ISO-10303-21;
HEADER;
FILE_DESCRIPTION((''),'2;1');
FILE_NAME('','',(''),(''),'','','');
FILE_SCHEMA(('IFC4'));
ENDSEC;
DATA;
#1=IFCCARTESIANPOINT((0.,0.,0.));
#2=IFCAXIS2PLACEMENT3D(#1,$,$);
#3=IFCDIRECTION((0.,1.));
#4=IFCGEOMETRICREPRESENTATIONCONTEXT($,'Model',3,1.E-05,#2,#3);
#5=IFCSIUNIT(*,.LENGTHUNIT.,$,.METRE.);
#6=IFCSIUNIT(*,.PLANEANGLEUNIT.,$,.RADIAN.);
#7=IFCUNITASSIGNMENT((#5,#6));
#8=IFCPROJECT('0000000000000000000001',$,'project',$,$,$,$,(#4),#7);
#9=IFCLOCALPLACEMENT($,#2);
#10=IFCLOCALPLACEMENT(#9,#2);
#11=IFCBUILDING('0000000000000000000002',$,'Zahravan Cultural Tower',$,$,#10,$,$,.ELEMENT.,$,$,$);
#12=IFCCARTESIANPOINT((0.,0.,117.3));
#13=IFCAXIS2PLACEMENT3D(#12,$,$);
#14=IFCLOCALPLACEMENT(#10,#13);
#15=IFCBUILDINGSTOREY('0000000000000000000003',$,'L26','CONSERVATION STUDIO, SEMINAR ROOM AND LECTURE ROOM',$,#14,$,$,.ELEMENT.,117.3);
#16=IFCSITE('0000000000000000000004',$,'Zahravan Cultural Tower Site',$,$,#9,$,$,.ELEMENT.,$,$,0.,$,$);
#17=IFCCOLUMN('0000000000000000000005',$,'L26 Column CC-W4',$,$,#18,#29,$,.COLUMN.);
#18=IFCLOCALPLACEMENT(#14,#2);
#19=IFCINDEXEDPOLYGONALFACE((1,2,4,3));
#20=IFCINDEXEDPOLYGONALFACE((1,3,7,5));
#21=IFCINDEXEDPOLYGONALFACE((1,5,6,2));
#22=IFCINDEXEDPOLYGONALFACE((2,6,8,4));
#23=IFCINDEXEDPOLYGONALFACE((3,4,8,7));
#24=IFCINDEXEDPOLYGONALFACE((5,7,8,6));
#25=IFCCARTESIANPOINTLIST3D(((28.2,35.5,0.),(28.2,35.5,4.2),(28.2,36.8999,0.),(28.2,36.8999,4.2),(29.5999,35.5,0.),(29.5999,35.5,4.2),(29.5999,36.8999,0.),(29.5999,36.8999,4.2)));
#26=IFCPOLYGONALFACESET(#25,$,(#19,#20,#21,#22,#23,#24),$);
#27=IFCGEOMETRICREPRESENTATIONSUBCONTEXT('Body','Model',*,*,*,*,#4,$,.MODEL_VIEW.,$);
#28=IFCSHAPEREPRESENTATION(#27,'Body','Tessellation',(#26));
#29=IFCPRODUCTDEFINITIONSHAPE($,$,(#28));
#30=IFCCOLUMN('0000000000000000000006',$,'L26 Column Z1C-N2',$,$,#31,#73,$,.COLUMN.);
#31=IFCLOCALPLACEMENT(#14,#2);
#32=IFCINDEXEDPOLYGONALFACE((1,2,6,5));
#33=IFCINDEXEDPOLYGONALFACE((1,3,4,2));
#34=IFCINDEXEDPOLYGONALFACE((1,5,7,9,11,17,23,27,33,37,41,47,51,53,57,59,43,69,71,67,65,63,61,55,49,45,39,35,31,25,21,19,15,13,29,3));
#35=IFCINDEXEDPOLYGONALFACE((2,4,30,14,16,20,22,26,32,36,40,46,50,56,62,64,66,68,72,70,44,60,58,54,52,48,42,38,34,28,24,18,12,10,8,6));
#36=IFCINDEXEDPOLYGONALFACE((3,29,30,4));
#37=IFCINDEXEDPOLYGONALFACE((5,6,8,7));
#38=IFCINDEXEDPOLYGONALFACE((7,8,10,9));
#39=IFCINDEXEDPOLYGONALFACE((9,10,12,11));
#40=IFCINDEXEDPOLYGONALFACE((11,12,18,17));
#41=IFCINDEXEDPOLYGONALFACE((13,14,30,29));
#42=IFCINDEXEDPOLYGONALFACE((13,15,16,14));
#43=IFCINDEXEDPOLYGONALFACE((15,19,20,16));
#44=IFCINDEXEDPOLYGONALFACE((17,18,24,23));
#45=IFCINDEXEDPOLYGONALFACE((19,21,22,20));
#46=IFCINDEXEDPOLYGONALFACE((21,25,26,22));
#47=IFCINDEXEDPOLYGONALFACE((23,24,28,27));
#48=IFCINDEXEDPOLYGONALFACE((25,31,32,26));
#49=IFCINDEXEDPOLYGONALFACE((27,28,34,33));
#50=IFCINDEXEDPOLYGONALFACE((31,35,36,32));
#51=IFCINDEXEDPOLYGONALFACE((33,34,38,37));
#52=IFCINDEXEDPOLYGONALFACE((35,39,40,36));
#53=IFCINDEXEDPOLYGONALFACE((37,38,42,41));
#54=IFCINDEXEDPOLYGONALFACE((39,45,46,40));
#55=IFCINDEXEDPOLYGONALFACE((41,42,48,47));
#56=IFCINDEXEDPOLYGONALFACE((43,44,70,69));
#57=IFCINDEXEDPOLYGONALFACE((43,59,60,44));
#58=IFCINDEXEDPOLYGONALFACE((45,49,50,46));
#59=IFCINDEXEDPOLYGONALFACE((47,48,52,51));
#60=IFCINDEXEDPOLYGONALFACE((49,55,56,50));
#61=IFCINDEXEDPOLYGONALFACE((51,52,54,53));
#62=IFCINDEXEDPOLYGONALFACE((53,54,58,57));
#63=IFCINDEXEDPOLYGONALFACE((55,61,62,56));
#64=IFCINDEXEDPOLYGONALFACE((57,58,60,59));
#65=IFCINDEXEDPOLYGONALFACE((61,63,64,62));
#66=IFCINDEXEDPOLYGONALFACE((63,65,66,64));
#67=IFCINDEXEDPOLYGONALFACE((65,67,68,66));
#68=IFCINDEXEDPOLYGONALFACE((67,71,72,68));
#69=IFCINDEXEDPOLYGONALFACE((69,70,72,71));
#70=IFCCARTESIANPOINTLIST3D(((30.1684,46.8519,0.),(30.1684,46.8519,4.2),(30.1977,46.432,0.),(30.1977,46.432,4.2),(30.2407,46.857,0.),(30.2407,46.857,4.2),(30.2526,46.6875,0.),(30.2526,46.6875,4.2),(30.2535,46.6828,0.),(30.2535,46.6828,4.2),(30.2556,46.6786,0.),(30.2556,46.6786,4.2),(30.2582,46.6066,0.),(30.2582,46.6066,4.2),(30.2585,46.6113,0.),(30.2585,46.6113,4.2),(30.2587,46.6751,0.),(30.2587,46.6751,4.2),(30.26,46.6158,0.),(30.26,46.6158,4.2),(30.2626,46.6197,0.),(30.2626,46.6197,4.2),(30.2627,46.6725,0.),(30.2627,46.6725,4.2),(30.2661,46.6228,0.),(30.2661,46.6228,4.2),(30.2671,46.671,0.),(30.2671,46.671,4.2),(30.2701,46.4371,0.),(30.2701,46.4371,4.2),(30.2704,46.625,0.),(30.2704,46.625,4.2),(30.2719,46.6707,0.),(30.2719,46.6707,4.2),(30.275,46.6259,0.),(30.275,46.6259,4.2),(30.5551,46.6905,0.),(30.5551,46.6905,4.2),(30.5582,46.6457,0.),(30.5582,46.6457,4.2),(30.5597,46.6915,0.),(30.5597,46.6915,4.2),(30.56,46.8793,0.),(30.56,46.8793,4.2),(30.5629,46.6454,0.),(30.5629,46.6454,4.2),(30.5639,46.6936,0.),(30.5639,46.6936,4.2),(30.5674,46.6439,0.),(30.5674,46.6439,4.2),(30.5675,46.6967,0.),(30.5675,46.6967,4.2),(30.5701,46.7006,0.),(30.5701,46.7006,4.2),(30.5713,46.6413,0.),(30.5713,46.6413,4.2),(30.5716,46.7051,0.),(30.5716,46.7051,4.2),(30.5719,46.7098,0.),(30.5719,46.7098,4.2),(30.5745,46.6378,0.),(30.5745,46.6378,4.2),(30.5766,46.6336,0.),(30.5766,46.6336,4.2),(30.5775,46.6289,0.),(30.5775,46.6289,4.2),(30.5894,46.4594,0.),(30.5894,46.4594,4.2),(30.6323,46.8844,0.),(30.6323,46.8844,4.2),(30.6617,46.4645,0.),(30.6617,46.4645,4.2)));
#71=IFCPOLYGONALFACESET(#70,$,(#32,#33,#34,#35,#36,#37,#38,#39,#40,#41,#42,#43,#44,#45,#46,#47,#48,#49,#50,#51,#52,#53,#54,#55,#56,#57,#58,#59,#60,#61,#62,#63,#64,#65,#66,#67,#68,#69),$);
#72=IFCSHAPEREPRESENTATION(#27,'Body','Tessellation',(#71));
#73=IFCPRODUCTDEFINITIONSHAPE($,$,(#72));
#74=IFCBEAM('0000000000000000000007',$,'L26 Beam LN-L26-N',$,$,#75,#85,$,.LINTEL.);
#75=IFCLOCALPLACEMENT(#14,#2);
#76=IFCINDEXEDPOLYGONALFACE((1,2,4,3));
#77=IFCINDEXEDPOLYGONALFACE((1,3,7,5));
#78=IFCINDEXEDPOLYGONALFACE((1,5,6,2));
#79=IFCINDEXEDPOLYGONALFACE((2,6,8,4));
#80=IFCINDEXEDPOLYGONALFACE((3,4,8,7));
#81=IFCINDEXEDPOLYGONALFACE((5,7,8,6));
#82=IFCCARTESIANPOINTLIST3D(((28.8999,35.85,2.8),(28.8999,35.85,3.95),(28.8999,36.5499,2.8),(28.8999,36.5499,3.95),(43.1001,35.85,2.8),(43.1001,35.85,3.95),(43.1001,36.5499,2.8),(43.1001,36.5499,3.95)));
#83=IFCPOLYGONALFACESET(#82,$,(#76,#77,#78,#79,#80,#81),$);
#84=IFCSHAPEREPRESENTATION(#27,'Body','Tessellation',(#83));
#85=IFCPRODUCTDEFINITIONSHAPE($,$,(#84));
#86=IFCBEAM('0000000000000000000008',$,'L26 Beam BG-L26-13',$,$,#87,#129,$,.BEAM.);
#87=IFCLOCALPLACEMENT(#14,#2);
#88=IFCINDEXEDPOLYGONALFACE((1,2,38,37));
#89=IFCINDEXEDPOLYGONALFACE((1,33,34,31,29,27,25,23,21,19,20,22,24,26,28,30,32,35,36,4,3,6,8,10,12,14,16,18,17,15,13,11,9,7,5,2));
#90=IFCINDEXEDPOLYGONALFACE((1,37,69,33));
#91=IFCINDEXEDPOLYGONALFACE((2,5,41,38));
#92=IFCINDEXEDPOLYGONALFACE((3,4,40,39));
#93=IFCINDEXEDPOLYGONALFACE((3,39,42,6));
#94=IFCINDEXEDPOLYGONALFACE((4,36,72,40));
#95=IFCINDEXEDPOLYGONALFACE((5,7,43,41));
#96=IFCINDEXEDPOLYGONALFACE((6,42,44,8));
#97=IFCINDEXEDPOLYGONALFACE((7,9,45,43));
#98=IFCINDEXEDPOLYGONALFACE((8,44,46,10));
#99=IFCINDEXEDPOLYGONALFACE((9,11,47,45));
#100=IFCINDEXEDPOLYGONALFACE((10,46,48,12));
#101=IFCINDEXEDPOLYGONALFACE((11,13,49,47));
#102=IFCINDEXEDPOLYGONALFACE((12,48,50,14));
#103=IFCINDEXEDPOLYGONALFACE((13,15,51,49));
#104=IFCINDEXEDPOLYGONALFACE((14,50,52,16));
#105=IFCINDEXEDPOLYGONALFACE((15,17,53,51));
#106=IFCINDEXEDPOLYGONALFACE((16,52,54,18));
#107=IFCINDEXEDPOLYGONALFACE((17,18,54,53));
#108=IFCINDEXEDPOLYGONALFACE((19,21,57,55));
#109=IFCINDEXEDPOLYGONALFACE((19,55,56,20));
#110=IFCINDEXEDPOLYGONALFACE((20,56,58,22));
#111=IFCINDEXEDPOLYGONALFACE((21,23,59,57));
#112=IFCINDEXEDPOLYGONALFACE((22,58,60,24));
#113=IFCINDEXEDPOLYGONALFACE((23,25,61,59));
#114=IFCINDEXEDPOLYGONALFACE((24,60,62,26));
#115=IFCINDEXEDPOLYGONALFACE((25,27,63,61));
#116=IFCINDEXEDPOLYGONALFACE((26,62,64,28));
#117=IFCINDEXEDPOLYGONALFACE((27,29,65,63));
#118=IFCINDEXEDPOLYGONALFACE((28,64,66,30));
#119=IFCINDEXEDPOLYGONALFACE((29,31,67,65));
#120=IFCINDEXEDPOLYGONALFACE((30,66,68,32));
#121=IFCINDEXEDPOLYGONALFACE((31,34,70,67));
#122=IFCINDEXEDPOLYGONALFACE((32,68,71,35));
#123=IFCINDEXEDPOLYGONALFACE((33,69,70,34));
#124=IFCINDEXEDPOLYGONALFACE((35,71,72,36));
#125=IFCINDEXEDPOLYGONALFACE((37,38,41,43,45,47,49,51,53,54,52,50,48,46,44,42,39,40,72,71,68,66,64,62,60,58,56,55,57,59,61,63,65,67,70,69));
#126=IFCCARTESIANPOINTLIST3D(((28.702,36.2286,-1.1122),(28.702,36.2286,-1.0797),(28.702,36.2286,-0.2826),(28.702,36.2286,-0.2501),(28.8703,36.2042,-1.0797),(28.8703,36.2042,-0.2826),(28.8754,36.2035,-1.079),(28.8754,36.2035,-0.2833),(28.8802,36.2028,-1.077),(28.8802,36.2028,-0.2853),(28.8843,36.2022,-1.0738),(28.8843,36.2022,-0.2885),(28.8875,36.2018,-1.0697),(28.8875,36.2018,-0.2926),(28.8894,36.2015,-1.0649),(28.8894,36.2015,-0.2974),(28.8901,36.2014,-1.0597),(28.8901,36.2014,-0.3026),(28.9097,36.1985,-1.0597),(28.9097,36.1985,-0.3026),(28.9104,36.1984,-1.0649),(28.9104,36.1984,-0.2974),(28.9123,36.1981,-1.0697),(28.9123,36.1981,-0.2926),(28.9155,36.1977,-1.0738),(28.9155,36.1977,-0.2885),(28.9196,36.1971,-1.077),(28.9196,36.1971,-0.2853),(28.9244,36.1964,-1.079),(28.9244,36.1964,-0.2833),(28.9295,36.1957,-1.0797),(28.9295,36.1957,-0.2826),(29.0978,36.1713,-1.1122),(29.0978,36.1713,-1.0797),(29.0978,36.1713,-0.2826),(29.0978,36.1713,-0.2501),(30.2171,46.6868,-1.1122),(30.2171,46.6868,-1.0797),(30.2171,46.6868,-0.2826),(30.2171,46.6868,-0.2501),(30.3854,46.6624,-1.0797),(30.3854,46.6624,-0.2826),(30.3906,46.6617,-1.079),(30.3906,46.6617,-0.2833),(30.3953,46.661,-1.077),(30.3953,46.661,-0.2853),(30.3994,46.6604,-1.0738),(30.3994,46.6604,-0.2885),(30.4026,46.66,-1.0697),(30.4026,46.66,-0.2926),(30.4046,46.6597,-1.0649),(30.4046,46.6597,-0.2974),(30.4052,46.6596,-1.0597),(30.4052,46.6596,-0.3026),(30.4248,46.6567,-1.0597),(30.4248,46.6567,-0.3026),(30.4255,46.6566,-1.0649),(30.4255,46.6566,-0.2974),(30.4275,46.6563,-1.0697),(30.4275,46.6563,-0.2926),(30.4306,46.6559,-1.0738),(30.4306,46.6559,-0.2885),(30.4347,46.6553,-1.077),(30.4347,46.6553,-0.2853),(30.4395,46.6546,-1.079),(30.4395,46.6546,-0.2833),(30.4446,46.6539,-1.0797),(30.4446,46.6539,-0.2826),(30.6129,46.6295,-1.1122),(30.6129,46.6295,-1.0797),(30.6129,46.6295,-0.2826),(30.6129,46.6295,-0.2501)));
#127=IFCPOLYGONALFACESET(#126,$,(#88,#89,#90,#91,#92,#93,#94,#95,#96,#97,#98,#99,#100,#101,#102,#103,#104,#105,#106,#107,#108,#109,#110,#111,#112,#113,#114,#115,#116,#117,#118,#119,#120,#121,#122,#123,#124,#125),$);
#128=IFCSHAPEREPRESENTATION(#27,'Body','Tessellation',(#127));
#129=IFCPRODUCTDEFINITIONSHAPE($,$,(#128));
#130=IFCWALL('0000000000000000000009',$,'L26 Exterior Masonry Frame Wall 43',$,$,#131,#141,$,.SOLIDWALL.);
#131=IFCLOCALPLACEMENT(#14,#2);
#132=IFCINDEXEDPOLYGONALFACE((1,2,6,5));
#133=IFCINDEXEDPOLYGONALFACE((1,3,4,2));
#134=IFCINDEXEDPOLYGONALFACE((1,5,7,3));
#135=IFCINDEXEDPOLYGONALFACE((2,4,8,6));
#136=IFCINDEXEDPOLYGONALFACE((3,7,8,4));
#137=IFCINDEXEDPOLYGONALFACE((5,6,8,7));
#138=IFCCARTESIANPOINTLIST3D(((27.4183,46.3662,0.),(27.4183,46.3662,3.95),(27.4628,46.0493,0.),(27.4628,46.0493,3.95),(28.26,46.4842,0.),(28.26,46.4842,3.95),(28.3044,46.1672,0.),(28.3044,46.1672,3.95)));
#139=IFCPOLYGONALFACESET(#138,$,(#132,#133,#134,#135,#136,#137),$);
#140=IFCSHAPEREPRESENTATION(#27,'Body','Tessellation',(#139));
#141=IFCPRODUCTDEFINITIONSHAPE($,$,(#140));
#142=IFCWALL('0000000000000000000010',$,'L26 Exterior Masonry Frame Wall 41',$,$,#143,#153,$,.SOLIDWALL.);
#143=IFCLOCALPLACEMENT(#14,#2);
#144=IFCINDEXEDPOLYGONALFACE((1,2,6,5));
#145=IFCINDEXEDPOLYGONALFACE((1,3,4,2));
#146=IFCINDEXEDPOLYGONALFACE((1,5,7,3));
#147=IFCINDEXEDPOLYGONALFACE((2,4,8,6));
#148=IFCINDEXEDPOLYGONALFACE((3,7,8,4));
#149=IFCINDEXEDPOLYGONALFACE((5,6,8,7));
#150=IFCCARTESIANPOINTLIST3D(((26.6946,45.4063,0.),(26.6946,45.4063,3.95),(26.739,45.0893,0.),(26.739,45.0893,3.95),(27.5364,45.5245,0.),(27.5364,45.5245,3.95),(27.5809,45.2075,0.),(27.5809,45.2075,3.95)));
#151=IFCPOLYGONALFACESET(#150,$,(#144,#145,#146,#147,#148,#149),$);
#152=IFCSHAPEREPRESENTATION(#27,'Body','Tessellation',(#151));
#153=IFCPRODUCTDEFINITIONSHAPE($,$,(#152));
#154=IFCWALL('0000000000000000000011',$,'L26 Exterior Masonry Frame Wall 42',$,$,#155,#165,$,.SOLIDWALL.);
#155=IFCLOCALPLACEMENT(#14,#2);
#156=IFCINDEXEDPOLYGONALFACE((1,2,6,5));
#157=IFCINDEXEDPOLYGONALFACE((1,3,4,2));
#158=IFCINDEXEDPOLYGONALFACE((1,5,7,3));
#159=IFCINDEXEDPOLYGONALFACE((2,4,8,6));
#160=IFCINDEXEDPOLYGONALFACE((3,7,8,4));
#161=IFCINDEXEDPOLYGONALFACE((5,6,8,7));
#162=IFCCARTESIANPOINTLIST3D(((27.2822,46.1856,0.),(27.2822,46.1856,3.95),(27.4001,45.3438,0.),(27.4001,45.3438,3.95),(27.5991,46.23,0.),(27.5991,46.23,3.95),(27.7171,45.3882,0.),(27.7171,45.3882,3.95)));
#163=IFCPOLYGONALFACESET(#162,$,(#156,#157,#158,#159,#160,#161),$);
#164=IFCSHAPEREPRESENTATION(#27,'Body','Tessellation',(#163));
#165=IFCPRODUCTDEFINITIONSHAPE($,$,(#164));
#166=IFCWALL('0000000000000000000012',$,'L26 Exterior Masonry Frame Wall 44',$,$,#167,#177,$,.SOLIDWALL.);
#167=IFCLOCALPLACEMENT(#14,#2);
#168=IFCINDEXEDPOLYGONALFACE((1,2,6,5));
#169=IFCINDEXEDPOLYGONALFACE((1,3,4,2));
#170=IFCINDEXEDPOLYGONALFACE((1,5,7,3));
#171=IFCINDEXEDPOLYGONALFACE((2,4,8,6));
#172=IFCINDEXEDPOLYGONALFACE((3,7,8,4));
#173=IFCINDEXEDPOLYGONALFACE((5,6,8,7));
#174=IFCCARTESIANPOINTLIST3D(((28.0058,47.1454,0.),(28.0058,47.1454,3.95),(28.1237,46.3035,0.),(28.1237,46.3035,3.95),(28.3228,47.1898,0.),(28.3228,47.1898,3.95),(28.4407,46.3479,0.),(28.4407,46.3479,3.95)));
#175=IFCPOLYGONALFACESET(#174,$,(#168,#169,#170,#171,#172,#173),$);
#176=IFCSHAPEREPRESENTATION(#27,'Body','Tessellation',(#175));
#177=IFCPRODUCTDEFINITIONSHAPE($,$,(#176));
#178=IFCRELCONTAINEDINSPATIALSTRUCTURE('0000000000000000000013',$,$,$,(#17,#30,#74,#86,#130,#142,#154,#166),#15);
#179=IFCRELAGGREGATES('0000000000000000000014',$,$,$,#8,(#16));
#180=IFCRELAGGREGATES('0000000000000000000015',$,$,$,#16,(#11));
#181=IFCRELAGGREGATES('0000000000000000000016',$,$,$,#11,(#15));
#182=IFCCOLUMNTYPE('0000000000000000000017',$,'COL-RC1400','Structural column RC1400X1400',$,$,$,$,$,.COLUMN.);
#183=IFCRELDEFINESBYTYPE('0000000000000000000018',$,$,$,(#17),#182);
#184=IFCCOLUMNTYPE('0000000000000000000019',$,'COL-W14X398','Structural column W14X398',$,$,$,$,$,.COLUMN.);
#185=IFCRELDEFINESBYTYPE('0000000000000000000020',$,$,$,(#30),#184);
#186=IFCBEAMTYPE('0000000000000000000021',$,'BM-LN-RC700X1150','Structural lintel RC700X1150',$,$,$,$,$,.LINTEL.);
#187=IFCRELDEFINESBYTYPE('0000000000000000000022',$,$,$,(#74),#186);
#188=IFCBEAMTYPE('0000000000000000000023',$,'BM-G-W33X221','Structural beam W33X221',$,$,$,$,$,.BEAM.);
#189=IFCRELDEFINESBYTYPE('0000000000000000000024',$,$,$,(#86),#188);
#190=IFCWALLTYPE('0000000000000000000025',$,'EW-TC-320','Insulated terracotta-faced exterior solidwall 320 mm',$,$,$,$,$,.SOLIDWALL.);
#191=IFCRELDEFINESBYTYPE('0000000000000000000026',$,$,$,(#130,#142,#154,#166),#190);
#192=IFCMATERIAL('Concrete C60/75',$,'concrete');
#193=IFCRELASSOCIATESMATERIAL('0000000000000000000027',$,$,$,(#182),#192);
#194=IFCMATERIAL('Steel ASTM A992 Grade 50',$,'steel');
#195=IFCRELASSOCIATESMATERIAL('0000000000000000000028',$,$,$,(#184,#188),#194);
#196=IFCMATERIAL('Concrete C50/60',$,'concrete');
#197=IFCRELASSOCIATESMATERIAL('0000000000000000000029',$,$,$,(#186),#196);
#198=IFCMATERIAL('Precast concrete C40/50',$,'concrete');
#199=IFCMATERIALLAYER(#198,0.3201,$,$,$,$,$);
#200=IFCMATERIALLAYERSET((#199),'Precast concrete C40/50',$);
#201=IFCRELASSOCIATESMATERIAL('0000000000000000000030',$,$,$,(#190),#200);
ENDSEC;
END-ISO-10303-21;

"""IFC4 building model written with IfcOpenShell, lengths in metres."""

from ifc_helpers import new_model, si_unit, direction, frame, frame_2d, origin, origin_2d, place, context, subcontext, project, spatial, rectangle, i_section, extrude, source, transform, mapped, material, layer, layer_set, material_profile, profile_set, type_object, element, save


model = new_model("IFC4")

# Units and contexts
model_context = context("Model", 3, precision=1e-05, world=origin(), true_north=direction((0.0, 1.0)))
body_context = subcontext(model_context, "Body", "Model", "MODEL_VIEW")
ifc_project = project(units=[si_unit("LENGTHUNIT", "METRE"), si_unit("PLANEANGLEUNIT", "RADIAN")], contexts=[model_context])

# Site, building, storey
site_placement = place(None, origin())
site = spatial("IfcSite", under=ifc_project, at=site_placement, Name="Zahravan Cultural Tower Site", CompositionType="ELEMENT", RefElevation=0.0)
building_placement = place(site_placement, origin())
building = spatial("IfcBuilding", under=site, at=building_placement, Name="Zahravan Cultural Tower", CompositionType="ELEMENT")
storey_placement = place(building_placement, frame((0.0, 0.0, 117.3)))
storey = spatial("IfcBuildingStorey", under=building, at=storey_placement, Name="L26", Description="CONSERVATION STUDIO, SEMINAR ROOM AND LECTURE ROOM", CompositionType="ELEMENT", Elevation=117.3)

# Columns
ifc_material_1 = material(Name="Concrete C60/75", Category="concrete")
ifc_material_profile_1 = material_profile(ifc_material_1, rectangle(XDim=1.3999, YDim=1.3999, at=origin_2d()), Name="RC1400X1400")
ifc_profile_set_1 = profile_set([ifc_material_profile_1], Name="Concrete C60/75")
column_type_1 = type_object("IfcColumnType", Name="COL-RC1400", Description="Structural column RC1400X1400", PredefinedType="COLUMN", material=ifc_profile_set_1)
shared_shape_1 = source(origin(), body_context, "Body", "SweptSolid", [
    extrude(rectangle(XDim=1.3999, YDim=1.3999, at=origin_2d()), origin(), (0.0, 0.0, 1.0), 4.2),
])
column_1_placement = place(storey_placement, frame((28.8999, 36.2, 0.0), z_axis=(0.0, 0.0, 1.0), x_axis=(1.0, 0.0, 0.0)))
element("IfcColumn", 1, at=column_1_placement, inside=storey, type_object=column_type_1, Name="L26 Column CC-W4", PredefinedType="COLUMN", context=body_context, shape_type="MappedRepresentation", body=[
    mapped(shared_shape_1, transform((0.0, 0.0, 0.0), x_axis=(1.0, 0.0, 0.0), y_axis=(0.0, 1.0, 0.0), z_axis=(0.0, 0.0, 1.0), scale=1.0)),
])
ifc_material_2 = material(Name="Steel ASTM A992 Grade 50", Category="steel")
ifc_material_profile_2 = material_profile(ifc_material_2, i_section(OverallWidth=0.4209, OverallDepth=0.4651, WebThickness=0.0449, FlangeThickness=0.0725, FilletRadius=0.0181, at=origin_2d()), Name="W14X398")
ifc_profile_set_2 = profile_set([ifc_material_profile_2], Name="Steel ASTM A992 Grade 50")
column_type_2 = type_object("IfcColumnType", Name="COL-W14X398", Description="Structural column W14X398", PredefinedType="COLUMN", material=ifc_profile_set_2)
shared_shape_2 = source(origin(), body_context, "Body", "SweptSolid", [
    extrude(i_section(OverallWidth=0.4209, OverallDepth=0.4651, WebThickness=0.0449, FlangeThickness=0.0725, FilletRadius=0.0181, at=origin_2d()), origin(), (0.0, 0.0, 1.0), 4.2),
])
column_2_placement = place(storey_placement, frame((30.415, 46.6582, 0.0), z_axis=(0.0, 0.0, 1.0), x_axis=(-0.069756, 0.997564, 0.0)))
element("IfcColumn", 2, at=column_2_placement, inside=storey, type_object=column_type_2, Name="L26 Column Z1C-N2", PredefinedType="COLUMN", context=body_context, shape_type="MappedRepresentation", body=[
    mapped(shared_shape_2, transform((0.0, 0.0, 0.0), x_axis=(1.0, 0.0, 0.0), y_axis=(0.0, 1.0, 0.0), z_axis=(0.0, 0.0, 1.0), scale=1.0)),
])

# Beams
ifc_material_3 = material(Name="Concrete C50/60", Category="concrete")
ifc_material_profile_3 = material_profile(ifc_material_3, rectangle(XDim=0.7, YDim=1.1499, at=origin_2d()), Name="RC700X1150")
ifc_profile_set_3 = profile_set([ifc_material_profile_3], Name="Concrete C50/60")
beam_type_1 = type_object("IfcBeamType", Name="BM-LN-RC700X1150", Description="Structural lintel RC700X1150", PredefinedType="LINTEL", material=ifc_profile_set_3)
shared_shape_3 = source(origin(), body_context, "Body", "SweptSolid", [
    extrude(rectangle(XDim=0.7, YDim=1.1499, at=origin_2d()), origin(), (0.0, 0.0, 1.0), 14.2002),
])
beam_1_placement = place(storey_placement, frame((28.8999, 36.2, 3.375), z_axis=(1.0, 0.0, 0.0), x_axis=(0.0, 1.0, 0.0)))
element("IfcBeam", 3, at=beam_1_placement, inside=storey, type_object=beam_type_1, Name="L26 Beam LN-L26-N", PredefinedType="LINTEL", context=body_context, shape_type="MappedRepresentation", body=[
    mapped(shared_shape_3, transform((0.0, 0.0, 0.0), x_axis=(1.0, 0.0, 0.0), y_axis=(0.0, 1.0, 0.0), z_axis=(0.0, 0.0, 1.0), scale=1.0)),
])
ifc_material_profile_4 = material_profile(ifc_material_2, i_section(OverallWidth=0.3999, OverallDepth=0.8621, WebThickness=0.0198, FlangeThickness=0.0325, FilletRadius=0.02, at=origin_2d()), Name="W33X221")
ifc_profile_set_4 = profile_set([ifc_material_profile_4], Name="Steel ASTM A992 Grade 50")
beam_type_2 = type_object("IfcBeamType", Name="BM-G-W33X221", Description="Structural beam W33X221", PredefinedType="BEAM", material=ifc_profile_set_4)
shared_shape_4 = source(origin(), body_context, "Body", "SweptSolid", [
    extrude(i_section(OverallWidth=0.3999, OverallDepth=0.8621, WebThickness=0.0198, FlangeThickness=0.0325, FilletRadius=0.02, at=origin_2d()), origin(), (0.0, 0.0, 1.0), 10.5674),
])
beam_2_placement = place(storey_placement, frame((28.8999, 36.2, -0.6812), z_axis=(0.143378, 0.989668, 0.0), x_axis=(-0.989668, 0.143378, 0.0)))
element("IfcBeam", 4, at=beam_2_placement, inside=storey, type_object=beam_type_2, Name="L26 Beam BG-L26-13", PredefinedType="BEAM", context=body_context, shape_type="MappedRepresentation", body=[
    mapped(shared_shape_4, transform((0.0, 0.0, 0.0), x_axis=(1.0, 0.0, 0.0), y_axis=(0.0, 1.0, 0.0), z_axis=(0.0, 0.0, 1.0), scale=1.0)),
])

# Walls
ifc_material_4 = material(Name="Precast concrete C40/50", Category="concrete")
ifc_layer_1 = layer(ifc_material_4, 0.3201)
ifc_layer_set_1 = layer_set([ifc_layer_1], Name="Precast concrete C40/50")
wall_type_1 = type_object("IfcWallType", Name="EW-TC-320", Description="Insulated terracotta-faced exterior solidwall 320 mm", PredefinedType="SOLIDWALL", material=ifc_layer_set_1)
shared_shape_5 = source(origin(), body_context, "Body", "SweptSolid", [
    extrude(rectangle(XDim=0.8499, YDim=0.3201, at=frame_2d((0.4248, 0.0))), origin(), (0.0, 0.0, 1.0), 3.95),
])
wall_1_placement = place(storey_placement, frame((27.4407, 46.2078, 0.0), z_axis=(0.0, 0.0, 1.0), x_axis=(0.990325, 0.138766, 0.0)))
element("IfcWall", 5, at=wall_1_placement, inside=storey, type_object=wall_type_1, Name="L26 Exterior Masonry Frame Wall 43", PredefinedType="SOLIDWALL", context=body_context, shape_type="MappedRepresentation", body=[
    mapped(shared_shape_5, transform((0.0, 0.0, 0.0), x_axis=(1.0, 0.0, 0.0), y_axis=(0.0, 1.0, 0.0), z_axis=(0.0, 0.0, 1.0), scale=1.0)),
])
shared_shape_6 = source(origin(), body_context, "Body", "SweptSolid", [
    extrude(rectangle(XDim=0.8501, YDim=0.3201, at=frame_2d((0.425, 0.0))), origin(), (0.0, 0.0, 1.0), 3.95),
])
for number, where, z_axis, x_axis, name in (
    (6, (26.7168, 45.2478, 0.0), (0.0, 0.0, 1.0), (0.990291, 0.139008, 0.0), "L26 Exterior Masonry Frame Wall 41"),
    (7, (27.5586, 45.366, 0.0), (0.0, 0.0, 1.0), (-0.138727, 0.990331, 0.0), "L26 Exterior Masonry Frame Wall 42"),
    (8, (28.2822, 46.3257, 0.0), (0.0, 0.0, 1.0), (-0.138727, 0.990331, 0.0), "L26 Exterior Masonry Frame Wall 44"),
):
    element("IfcWall", number, at=place(storey_placement, frame(where, z_axis=z_axis, x_axis=x_axis)), inside=storey, type_object=wall_type_1, Name=name, PredefinedType="SOLIDWALL", context=body_context, shape_type="MappedRepresentation", body=[
        mapped(shared_shape_6, transform((0.0, 0.0, 0.0), x_axis=(1.0, 0.0, 0.0), y_axis=(0.0, 1.0, 0.0), z_axis=(0.0, 0.0, 1.0), scale=1.0)),
    ])

save(model, "model.ifc")
